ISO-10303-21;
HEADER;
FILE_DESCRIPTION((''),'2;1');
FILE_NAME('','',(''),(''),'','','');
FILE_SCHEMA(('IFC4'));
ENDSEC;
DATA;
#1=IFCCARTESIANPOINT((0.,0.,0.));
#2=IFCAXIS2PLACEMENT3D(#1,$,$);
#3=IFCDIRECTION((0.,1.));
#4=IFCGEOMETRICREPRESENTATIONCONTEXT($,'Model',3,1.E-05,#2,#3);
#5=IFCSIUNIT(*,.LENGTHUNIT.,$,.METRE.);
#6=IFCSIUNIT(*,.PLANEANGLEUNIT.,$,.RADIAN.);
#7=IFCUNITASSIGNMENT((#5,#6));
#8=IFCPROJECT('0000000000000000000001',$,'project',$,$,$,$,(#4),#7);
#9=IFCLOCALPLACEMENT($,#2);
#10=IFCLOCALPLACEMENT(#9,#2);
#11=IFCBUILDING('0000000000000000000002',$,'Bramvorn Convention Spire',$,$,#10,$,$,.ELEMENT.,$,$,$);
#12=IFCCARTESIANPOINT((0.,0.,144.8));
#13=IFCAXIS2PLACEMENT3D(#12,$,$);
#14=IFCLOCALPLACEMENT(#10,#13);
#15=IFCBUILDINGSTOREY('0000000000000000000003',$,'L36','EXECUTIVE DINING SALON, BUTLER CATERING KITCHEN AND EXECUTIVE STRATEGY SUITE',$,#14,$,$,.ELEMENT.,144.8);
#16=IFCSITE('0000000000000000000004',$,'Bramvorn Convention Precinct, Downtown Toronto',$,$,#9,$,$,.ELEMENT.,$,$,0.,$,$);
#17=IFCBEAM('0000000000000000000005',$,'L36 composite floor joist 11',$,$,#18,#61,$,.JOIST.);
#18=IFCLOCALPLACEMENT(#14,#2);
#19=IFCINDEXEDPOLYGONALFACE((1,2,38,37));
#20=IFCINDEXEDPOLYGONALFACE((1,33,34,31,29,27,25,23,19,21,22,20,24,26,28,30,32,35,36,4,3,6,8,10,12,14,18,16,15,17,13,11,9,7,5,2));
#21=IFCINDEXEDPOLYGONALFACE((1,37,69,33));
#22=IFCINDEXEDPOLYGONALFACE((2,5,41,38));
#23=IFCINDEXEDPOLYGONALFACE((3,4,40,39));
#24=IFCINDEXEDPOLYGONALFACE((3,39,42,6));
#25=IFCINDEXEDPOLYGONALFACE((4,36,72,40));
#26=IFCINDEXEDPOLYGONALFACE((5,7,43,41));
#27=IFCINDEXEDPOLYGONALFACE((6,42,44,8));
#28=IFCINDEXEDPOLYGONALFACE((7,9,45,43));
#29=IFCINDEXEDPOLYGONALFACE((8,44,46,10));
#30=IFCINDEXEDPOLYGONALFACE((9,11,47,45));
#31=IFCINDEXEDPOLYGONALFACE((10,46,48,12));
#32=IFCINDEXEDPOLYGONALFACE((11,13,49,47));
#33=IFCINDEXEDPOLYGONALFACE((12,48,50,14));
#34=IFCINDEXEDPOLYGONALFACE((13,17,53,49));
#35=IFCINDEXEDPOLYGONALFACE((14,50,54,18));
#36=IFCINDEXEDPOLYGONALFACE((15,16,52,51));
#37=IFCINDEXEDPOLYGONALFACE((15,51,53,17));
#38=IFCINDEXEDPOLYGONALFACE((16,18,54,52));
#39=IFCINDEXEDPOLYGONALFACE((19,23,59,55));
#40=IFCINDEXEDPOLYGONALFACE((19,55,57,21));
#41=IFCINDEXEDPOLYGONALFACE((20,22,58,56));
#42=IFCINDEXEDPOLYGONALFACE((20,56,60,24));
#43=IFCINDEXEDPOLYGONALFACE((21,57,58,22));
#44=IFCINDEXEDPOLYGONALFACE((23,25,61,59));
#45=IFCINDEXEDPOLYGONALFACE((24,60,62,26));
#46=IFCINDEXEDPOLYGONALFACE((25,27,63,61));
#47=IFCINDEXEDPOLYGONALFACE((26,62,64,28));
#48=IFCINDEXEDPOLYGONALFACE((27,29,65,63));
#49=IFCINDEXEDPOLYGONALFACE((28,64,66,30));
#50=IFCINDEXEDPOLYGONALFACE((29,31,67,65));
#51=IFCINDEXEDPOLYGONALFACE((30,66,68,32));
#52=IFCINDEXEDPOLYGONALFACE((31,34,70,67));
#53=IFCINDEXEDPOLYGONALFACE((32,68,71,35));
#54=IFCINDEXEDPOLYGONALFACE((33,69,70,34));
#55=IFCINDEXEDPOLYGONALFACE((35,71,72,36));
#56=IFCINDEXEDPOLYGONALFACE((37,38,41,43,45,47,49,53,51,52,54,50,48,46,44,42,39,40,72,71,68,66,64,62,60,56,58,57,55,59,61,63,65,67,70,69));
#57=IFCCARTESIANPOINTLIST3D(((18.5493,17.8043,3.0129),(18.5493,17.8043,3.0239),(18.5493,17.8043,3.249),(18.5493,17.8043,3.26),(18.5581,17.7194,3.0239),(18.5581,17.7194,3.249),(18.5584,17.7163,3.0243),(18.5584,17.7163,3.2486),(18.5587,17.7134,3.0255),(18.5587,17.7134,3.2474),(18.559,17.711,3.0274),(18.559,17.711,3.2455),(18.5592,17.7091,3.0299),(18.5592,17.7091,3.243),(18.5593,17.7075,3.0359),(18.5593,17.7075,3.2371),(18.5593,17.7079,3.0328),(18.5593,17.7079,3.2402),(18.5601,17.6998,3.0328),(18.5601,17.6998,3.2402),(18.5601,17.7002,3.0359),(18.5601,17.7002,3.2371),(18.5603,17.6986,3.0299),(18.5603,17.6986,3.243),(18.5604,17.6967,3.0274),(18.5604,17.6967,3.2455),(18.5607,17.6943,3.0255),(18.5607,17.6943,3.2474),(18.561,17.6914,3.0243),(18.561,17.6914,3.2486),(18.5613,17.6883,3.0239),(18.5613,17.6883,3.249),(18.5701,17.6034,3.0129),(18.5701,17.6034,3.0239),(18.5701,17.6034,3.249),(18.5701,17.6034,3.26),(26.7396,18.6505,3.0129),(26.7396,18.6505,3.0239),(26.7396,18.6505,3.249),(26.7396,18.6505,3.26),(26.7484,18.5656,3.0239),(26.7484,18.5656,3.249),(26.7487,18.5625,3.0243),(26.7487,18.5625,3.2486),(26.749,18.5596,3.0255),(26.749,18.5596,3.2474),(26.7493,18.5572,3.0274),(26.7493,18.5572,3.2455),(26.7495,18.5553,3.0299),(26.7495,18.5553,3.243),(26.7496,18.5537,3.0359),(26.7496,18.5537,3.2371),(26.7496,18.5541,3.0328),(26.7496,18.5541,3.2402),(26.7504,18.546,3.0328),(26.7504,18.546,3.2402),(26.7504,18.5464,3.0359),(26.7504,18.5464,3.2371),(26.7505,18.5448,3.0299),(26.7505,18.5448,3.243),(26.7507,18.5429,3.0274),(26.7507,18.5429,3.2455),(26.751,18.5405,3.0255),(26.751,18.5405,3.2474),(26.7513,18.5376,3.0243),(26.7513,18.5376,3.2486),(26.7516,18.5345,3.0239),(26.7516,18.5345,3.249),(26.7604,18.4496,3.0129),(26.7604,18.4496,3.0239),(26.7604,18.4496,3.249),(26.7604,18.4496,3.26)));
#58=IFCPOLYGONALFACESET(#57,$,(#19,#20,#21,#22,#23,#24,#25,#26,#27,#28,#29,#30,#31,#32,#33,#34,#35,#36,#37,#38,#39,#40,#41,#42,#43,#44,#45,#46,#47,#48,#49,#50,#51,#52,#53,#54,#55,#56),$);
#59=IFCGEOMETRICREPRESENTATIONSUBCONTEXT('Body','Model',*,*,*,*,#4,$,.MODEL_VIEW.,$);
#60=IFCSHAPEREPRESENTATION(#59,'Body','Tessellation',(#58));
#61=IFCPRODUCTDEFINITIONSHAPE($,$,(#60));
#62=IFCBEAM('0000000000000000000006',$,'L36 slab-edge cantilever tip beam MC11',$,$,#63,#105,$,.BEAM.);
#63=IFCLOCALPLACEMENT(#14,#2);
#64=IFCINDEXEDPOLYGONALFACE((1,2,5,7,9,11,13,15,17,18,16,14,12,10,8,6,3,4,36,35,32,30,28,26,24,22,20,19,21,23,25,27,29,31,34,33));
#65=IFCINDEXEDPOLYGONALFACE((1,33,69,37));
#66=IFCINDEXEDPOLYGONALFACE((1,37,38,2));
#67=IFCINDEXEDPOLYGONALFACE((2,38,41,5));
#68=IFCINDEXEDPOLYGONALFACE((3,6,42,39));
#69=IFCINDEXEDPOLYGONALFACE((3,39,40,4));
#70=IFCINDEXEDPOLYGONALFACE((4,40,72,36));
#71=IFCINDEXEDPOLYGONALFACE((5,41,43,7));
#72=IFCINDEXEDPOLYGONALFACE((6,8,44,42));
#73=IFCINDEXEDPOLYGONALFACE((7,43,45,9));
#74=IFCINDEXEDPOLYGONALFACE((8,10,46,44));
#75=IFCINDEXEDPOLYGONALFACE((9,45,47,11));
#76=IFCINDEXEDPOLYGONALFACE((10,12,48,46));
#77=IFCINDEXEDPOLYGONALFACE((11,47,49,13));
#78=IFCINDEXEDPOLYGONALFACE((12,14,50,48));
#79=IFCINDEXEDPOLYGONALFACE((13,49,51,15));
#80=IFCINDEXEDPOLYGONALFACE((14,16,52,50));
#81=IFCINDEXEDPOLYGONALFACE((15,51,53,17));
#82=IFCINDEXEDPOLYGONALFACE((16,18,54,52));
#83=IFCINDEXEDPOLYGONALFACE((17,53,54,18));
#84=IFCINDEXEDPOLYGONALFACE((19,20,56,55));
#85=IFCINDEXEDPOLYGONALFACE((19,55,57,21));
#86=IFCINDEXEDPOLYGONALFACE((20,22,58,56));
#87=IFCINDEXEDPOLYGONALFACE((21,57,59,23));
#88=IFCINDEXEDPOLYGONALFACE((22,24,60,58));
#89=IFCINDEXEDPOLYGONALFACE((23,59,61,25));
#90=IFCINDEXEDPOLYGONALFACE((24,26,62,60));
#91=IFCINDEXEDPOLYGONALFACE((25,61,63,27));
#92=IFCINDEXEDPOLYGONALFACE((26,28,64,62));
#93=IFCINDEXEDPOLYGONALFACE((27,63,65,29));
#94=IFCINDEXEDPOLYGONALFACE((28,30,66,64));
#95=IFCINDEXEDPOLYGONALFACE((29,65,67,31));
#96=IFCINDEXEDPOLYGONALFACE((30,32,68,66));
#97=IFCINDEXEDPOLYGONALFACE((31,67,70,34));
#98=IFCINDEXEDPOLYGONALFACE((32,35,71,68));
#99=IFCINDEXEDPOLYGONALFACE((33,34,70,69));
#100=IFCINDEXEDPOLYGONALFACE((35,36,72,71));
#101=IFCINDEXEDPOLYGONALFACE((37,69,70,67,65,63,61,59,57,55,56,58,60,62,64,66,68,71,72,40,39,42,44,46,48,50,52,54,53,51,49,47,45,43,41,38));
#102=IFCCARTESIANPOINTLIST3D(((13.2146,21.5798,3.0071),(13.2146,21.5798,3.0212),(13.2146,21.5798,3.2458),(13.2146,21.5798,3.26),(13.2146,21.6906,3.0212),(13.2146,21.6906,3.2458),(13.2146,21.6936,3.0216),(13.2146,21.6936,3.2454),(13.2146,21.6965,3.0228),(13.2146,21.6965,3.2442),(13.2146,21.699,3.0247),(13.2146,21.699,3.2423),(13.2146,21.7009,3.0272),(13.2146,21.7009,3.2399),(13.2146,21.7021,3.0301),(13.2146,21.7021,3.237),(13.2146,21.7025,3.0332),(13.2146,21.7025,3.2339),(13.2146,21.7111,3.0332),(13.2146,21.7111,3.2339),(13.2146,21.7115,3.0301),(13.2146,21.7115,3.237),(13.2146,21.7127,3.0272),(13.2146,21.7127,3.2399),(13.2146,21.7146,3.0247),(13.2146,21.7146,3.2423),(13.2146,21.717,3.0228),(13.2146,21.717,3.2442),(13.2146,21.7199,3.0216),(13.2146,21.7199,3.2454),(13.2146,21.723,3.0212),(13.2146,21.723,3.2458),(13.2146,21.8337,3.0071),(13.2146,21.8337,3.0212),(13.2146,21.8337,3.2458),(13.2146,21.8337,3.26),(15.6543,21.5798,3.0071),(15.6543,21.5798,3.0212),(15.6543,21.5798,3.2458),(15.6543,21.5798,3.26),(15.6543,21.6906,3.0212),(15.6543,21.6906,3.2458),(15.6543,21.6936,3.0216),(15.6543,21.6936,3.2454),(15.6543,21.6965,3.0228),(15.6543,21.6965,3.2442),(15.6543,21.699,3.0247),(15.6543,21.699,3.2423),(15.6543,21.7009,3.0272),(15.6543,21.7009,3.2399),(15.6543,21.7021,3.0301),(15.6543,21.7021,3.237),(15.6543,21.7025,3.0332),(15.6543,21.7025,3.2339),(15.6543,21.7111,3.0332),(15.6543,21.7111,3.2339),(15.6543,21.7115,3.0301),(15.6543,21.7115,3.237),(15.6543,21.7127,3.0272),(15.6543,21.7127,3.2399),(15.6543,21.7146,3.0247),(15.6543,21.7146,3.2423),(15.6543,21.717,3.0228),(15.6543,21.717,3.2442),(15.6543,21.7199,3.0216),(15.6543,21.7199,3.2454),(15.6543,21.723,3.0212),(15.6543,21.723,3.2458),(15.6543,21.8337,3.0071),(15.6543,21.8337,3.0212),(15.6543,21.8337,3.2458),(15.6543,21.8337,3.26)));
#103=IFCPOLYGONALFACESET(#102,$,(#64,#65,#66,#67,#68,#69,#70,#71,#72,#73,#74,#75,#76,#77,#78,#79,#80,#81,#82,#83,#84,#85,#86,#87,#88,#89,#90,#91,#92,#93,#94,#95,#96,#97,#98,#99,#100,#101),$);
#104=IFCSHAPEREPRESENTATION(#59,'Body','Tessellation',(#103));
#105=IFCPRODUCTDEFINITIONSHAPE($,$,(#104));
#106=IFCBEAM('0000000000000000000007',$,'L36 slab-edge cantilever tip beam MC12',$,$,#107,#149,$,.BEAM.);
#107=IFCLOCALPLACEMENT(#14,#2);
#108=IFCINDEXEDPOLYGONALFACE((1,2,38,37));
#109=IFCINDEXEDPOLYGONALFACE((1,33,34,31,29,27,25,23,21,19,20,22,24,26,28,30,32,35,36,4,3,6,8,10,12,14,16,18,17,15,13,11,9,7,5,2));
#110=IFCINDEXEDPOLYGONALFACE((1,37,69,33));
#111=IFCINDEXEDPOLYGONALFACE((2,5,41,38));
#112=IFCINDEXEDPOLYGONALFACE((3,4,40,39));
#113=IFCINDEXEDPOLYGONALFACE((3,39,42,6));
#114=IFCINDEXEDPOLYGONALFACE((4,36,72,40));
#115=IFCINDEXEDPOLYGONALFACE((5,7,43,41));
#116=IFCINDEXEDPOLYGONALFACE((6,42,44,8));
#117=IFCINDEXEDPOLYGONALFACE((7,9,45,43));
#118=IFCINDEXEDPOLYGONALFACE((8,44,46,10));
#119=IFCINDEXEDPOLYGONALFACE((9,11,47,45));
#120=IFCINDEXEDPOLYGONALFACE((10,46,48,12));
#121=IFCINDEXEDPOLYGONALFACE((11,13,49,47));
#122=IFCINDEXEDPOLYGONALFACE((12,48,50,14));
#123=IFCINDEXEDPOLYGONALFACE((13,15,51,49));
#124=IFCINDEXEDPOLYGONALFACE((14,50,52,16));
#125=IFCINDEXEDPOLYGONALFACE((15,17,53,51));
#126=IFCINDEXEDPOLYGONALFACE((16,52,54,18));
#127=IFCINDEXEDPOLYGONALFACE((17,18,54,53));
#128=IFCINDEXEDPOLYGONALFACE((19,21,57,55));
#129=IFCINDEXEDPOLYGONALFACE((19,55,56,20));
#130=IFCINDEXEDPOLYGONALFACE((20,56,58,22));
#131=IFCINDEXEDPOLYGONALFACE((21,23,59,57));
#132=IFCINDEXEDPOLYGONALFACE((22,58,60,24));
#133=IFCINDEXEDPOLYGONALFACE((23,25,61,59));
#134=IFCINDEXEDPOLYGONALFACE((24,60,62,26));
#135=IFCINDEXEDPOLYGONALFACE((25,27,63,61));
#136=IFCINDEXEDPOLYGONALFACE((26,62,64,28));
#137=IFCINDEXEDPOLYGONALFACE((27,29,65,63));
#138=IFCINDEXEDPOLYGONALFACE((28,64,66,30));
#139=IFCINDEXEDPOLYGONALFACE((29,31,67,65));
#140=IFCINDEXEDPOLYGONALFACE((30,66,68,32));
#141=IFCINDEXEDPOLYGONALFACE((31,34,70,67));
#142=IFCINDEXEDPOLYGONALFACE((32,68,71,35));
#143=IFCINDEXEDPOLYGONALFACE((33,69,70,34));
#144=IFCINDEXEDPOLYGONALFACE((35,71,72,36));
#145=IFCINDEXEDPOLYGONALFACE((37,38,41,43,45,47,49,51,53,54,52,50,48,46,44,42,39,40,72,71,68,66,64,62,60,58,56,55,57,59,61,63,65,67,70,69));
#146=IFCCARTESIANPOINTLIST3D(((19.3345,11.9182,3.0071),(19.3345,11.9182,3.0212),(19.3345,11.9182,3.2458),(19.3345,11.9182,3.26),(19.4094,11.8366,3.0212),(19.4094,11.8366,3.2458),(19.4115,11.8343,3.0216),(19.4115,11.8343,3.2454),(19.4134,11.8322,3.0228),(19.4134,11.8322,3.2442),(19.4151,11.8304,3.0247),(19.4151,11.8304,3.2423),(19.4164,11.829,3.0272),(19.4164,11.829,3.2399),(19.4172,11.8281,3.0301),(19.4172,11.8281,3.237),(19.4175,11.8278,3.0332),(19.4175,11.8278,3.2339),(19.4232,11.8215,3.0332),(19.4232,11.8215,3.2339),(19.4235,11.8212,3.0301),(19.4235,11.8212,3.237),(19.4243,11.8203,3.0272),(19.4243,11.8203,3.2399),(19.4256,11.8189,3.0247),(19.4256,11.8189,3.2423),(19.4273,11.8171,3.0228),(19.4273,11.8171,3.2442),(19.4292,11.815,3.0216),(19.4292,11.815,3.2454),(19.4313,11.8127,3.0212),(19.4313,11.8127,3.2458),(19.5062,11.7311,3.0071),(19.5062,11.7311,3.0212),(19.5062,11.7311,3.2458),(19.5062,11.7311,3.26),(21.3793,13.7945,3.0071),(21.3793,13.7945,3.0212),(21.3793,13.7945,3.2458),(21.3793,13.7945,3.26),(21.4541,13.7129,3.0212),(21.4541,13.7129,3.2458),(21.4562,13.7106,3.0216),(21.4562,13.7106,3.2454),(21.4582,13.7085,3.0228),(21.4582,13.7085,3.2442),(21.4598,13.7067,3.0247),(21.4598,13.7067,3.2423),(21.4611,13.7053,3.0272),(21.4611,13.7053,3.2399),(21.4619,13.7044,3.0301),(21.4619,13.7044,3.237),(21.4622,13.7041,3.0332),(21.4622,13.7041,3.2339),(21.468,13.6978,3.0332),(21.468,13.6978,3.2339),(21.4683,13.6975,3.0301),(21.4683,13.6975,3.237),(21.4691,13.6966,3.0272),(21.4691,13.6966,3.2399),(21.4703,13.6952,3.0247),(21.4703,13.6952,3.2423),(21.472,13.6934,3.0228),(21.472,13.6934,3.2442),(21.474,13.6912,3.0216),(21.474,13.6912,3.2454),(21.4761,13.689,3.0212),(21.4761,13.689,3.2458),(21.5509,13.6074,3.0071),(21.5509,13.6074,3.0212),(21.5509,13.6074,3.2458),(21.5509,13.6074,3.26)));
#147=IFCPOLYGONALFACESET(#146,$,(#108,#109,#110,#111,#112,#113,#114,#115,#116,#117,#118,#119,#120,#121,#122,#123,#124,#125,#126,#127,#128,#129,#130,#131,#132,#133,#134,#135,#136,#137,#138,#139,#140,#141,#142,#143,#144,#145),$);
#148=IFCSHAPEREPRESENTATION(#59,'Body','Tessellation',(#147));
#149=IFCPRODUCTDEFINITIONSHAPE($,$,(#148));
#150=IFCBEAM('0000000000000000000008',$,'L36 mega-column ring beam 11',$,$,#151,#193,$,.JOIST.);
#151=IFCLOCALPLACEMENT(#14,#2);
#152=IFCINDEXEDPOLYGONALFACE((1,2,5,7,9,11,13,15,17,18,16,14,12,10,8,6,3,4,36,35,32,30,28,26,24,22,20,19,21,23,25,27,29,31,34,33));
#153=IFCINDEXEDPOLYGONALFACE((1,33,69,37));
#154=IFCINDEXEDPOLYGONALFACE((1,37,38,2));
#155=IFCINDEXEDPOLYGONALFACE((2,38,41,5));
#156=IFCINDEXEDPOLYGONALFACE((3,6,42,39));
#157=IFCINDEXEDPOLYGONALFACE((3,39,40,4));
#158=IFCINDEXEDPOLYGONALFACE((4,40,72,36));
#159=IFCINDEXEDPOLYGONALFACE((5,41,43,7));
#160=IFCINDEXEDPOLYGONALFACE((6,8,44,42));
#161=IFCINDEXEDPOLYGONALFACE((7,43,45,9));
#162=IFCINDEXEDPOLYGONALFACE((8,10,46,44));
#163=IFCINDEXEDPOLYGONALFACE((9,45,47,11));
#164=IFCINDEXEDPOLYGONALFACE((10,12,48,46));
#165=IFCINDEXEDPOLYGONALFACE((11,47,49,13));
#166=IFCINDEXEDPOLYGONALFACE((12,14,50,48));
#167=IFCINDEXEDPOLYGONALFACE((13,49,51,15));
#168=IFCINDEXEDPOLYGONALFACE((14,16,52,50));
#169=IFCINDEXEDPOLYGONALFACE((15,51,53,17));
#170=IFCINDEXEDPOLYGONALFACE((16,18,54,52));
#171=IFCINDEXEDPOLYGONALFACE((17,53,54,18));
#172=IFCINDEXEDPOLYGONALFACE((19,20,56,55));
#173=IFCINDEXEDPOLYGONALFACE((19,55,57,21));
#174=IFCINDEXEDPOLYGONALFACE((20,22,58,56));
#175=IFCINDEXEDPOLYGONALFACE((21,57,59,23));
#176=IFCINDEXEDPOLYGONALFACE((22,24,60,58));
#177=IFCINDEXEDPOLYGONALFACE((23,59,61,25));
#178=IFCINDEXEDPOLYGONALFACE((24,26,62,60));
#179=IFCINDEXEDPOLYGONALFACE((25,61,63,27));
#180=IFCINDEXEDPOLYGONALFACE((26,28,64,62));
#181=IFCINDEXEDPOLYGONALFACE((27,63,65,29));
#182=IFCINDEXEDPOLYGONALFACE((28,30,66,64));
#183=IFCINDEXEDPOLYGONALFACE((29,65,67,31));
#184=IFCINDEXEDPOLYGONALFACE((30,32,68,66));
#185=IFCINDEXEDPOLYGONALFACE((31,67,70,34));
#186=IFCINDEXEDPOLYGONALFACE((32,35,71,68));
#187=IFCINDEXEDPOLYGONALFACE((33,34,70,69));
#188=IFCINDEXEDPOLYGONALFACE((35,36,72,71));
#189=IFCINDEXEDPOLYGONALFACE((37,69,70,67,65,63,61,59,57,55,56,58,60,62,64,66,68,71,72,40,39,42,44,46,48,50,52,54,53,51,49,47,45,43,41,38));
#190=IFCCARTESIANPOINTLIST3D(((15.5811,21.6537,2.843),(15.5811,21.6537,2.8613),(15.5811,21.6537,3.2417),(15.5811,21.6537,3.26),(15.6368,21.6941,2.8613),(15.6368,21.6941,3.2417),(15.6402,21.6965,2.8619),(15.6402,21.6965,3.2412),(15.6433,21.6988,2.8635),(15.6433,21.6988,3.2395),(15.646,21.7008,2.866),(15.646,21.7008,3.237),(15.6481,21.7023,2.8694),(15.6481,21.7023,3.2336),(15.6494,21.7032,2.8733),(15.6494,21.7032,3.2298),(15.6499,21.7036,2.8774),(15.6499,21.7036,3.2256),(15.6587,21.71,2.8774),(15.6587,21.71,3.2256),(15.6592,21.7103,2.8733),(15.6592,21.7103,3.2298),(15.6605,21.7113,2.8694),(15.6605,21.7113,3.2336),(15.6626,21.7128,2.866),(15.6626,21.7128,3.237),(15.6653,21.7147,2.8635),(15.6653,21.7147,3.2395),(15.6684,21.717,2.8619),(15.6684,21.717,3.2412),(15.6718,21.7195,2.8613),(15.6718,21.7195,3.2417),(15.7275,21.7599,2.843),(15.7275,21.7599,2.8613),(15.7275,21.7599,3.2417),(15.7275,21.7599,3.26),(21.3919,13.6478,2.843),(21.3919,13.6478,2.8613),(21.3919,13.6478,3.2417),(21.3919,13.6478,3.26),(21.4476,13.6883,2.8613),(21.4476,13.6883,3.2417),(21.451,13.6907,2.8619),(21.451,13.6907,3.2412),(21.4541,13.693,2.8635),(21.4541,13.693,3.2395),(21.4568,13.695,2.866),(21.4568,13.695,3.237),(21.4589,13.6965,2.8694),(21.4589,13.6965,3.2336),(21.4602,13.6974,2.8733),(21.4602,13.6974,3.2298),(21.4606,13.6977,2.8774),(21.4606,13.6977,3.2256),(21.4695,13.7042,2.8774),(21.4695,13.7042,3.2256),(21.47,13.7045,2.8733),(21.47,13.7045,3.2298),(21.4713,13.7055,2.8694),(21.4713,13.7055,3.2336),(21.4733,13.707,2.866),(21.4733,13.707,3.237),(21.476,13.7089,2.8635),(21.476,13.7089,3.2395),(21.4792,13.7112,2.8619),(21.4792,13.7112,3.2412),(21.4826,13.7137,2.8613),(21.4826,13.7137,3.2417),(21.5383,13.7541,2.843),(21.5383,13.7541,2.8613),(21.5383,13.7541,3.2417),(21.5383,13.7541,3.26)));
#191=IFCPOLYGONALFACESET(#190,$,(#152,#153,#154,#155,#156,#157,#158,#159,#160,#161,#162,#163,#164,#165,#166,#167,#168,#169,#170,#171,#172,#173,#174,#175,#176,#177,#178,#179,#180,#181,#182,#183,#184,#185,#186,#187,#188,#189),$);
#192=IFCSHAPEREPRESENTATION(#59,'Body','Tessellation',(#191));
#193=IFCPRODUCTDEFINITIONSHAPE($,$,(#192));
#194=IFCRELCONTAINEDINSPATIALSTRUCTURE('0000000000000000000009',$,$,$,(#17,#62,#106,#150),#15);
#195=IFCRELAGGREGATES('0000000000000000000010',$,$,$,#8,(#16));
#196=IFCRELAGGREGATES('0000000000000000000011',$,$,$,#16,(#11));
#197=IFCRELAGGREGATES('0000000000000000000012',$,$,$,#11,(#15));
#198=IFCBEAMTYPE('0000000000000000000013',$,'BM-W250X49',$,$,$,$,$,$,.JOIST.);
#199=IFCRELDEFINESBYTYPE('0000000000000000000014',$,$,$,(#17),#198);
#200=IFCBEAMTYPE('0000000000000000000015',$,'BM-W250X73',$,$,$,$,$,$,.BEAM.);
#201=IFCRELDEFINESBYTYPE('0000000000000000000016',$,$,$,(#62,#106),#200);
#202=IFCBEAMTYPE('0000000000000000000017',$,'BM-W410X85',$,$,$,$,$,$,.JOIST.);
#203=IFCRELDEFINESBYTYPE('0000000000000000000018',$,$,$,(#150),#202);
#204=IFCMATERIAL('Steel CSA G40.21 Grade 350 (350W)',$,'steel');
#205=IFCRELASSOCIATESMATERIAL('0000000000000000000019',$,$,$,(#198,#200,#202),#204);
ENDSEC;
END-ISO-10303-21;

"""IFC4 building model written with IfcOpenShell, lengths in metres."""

from ifc_helpers import new_model, si_unit, direction, frame, origin, origin_2d, place, context, subcontext, project, spatial, i_section, extrude, material, material_profile, profile_set, type_object, element, save


model = new_model("IFC4")

# Units and contexts
model_context = context("Model", 3, precision=1e-05, world=origin(), true_north=direction((0.0, 1.0)))
body_context = subcontext(model_context, "Body", "Model", "MODEL_VIEW")
ifc_project = project(units=[si_unit("LENGTHUNIT", "METRE"), si_unit("PLANEANGLEUNIT", "RADIAN")], contexts=[model_context])

# Site, building, storey
site_placement = place(None, origin())
site = spatial("IfcSite", under=ifc_project, at=site_placement, Name="Bramvorn Convention Precinct, Downtown Toronto", CompositionType="ELEMENT", RefElevation=0.0)
building_placement = place(site_placement, origin())
building = spatial("IfcBuilding", under=site, at=building_placement, Name="Bramvorn Convention Spire", CompositionType="ELEMENT")
storey_placement = place(building_placement, frame((0.0, 0.0, 144.8)))
storey = spatial("IfcBuildingStorey", under=building, at=storey_placement, Name="L36", Description="EXECUTIVE DINING SALON, BUTLER CATERING KITCHEN AND EXECUTIVE STRATEGY SUITE", CompositionType="ELEMENT", Elevation=144.8)

# Shared definitions
ifc_material_1 = material(Name="Steel CSA G40.21 Grade 350 (350W)", Category="steel")

# Beams
ifc_material_profile_1 = material_profile(ifc_material_1, i_section(OverallWidth=0.2019, OverallDepth=0.2471, WebThickness=0.0073, FlangeThickness=0.011, FilletRadius=0.012, at=origin_2d()))
ifc_profile_set_1 = profile_set([ifc_material_profile_1], Name="Steel CSA G40.21 Grade 350 (350W) - W250X49")
beam_type_1 = type_object("IfcBeamType", Name="BM-W250X49", PredefinedType="JOIST", material=ifc_profile_set_1)
beam_1_placement = place(storey_placement, frame((26.75, 18.55, 3.1365), z_axis=(-0.994705, -0.102771, 0.0), x_axis=(0.102771, -0.994705, 0.0)))
element("IfcBeam", 1, at=beam_1_placement, inside=storey, type_object=beam_type_1, Name="L36 composite floor joist 11", PredefinedType="JOIST", context=body_context, shape_type="SweptSolid", body=[
    extrude(i_section(OverallWidth=0.2019, OverallDepth=0.2471, WebThickness=0.0073, FlangeThickness=0.011, FilletRadius=0.012, at=origin_2d()), origin(), (0.0, 0.0, 1.0), 8.2339),
])
ifc_material_profile_2 = material_profile(ifc_material_1, i_section(OverallWidth=0.2539, OverallDepth=0.2529, WebThickness=0.0085, FlangeThickness=0.0142, FilletRadius=0.012, at=origin_2d()))
ifc_profile_set_2 = profile_set([ifc_material_profile_2], Name="Steel CSA G40.21 Grade 350 (350W) - W250X73")
beam_type_2 = type_object("IfcBeamType", Name="BM-W250X73", PredefinedType="BEAM", material=ifc_profile_set_2)
beam_2_placement = place(storey_placement, frame((15.6543, 21.7068, 3.1335), z_axis=(-1.0, 0.0, 0.0), x_axis=(0.0, -1.0, 0.0)))
element("IfcBeam", 2, at=beam_2_placement, inside=storey, type_object=beam_type_2, Name="L36 slab-edge cantilever tip beam MC11", PredefinedType="BEAM", context=body_context, shape_type="SweptSolid", body=[
    extrude(i_section(OverallWidth=0.2539, OverallDepth=0.2529, WebThickness=0.0085, FlangeThickness=0.0142, FilletRadius=0.012, at=origin_2d()), origin(), (0.0, 0.0, 1.0), 2.4397),
])
beam_3_placement = place(storey_placement, frame((21.4651, 13.7009, 3.1335), z_axis=(-0.736807, -0.676103, 0.0), x_axis=(0.676103, -0.736807, 0.0)))
element("IfcBeam", 3, at=beam_3_placement, inside=storey, type_object=beam_type_2, Name="L36 slab-edge cantilever tip beam MC12", PredefinedType="BEAM", context=body_context, shape_type="SweptSolid", body=[
    extrude(i_section(OverallWidth=0.2539, OverallDepth=0.2529, WebThickness=0.0085, FlangeThickness=0.0142, FilletRadius=0.012, at=origin_2d()), origin(), (0.0, 0.0, 1.0), 2.7751),
])
ifc_material_profile_3 = material_profile(ifc_material_1, i_section(OverallWidth=0.1809, OverallDepth=0.417, WebThickness=0.011, FlangeThickness=0.0183, FilletRadius=0.0161, at=origin_2d()))
ifc_profile_set_3 = profile_set([ifc_material_profile_3], Name="Steel CSA G40.21 Grade 350 (350W) - W410X85")
beam_type_3 = type_object("IfcBeamType", Name="BM-W410X85", PredefinedType="JOIST", material=ifc_profile_set_3)
beam_4_placement = place(storey_placement, frame((15.6543, 21.7068, 3.0515), z_axis=(0.587401, -0.809296, 0.0), x_axis=(0.809296, 0.587401, 0.0)))
element("IfcBeam", 4, at=beam_4_placement, inside=storey, type_object=beam_type_3, Name="L36 mega-column ring beam 11", PredefinedType="JOIST", context=body_context, shape_type="SweptSolid", body=[
    extrude(i_section(OverallWidth=0.1809, OverallDepth=0.417, WebThickness=0.011, FlangeThickness=0.0183, FilletRadius=0.0161, at=origin_2d()), origin(), (0.0, 0.0, 1.0), 9.8923),
])

save(model, "model.ifc")
